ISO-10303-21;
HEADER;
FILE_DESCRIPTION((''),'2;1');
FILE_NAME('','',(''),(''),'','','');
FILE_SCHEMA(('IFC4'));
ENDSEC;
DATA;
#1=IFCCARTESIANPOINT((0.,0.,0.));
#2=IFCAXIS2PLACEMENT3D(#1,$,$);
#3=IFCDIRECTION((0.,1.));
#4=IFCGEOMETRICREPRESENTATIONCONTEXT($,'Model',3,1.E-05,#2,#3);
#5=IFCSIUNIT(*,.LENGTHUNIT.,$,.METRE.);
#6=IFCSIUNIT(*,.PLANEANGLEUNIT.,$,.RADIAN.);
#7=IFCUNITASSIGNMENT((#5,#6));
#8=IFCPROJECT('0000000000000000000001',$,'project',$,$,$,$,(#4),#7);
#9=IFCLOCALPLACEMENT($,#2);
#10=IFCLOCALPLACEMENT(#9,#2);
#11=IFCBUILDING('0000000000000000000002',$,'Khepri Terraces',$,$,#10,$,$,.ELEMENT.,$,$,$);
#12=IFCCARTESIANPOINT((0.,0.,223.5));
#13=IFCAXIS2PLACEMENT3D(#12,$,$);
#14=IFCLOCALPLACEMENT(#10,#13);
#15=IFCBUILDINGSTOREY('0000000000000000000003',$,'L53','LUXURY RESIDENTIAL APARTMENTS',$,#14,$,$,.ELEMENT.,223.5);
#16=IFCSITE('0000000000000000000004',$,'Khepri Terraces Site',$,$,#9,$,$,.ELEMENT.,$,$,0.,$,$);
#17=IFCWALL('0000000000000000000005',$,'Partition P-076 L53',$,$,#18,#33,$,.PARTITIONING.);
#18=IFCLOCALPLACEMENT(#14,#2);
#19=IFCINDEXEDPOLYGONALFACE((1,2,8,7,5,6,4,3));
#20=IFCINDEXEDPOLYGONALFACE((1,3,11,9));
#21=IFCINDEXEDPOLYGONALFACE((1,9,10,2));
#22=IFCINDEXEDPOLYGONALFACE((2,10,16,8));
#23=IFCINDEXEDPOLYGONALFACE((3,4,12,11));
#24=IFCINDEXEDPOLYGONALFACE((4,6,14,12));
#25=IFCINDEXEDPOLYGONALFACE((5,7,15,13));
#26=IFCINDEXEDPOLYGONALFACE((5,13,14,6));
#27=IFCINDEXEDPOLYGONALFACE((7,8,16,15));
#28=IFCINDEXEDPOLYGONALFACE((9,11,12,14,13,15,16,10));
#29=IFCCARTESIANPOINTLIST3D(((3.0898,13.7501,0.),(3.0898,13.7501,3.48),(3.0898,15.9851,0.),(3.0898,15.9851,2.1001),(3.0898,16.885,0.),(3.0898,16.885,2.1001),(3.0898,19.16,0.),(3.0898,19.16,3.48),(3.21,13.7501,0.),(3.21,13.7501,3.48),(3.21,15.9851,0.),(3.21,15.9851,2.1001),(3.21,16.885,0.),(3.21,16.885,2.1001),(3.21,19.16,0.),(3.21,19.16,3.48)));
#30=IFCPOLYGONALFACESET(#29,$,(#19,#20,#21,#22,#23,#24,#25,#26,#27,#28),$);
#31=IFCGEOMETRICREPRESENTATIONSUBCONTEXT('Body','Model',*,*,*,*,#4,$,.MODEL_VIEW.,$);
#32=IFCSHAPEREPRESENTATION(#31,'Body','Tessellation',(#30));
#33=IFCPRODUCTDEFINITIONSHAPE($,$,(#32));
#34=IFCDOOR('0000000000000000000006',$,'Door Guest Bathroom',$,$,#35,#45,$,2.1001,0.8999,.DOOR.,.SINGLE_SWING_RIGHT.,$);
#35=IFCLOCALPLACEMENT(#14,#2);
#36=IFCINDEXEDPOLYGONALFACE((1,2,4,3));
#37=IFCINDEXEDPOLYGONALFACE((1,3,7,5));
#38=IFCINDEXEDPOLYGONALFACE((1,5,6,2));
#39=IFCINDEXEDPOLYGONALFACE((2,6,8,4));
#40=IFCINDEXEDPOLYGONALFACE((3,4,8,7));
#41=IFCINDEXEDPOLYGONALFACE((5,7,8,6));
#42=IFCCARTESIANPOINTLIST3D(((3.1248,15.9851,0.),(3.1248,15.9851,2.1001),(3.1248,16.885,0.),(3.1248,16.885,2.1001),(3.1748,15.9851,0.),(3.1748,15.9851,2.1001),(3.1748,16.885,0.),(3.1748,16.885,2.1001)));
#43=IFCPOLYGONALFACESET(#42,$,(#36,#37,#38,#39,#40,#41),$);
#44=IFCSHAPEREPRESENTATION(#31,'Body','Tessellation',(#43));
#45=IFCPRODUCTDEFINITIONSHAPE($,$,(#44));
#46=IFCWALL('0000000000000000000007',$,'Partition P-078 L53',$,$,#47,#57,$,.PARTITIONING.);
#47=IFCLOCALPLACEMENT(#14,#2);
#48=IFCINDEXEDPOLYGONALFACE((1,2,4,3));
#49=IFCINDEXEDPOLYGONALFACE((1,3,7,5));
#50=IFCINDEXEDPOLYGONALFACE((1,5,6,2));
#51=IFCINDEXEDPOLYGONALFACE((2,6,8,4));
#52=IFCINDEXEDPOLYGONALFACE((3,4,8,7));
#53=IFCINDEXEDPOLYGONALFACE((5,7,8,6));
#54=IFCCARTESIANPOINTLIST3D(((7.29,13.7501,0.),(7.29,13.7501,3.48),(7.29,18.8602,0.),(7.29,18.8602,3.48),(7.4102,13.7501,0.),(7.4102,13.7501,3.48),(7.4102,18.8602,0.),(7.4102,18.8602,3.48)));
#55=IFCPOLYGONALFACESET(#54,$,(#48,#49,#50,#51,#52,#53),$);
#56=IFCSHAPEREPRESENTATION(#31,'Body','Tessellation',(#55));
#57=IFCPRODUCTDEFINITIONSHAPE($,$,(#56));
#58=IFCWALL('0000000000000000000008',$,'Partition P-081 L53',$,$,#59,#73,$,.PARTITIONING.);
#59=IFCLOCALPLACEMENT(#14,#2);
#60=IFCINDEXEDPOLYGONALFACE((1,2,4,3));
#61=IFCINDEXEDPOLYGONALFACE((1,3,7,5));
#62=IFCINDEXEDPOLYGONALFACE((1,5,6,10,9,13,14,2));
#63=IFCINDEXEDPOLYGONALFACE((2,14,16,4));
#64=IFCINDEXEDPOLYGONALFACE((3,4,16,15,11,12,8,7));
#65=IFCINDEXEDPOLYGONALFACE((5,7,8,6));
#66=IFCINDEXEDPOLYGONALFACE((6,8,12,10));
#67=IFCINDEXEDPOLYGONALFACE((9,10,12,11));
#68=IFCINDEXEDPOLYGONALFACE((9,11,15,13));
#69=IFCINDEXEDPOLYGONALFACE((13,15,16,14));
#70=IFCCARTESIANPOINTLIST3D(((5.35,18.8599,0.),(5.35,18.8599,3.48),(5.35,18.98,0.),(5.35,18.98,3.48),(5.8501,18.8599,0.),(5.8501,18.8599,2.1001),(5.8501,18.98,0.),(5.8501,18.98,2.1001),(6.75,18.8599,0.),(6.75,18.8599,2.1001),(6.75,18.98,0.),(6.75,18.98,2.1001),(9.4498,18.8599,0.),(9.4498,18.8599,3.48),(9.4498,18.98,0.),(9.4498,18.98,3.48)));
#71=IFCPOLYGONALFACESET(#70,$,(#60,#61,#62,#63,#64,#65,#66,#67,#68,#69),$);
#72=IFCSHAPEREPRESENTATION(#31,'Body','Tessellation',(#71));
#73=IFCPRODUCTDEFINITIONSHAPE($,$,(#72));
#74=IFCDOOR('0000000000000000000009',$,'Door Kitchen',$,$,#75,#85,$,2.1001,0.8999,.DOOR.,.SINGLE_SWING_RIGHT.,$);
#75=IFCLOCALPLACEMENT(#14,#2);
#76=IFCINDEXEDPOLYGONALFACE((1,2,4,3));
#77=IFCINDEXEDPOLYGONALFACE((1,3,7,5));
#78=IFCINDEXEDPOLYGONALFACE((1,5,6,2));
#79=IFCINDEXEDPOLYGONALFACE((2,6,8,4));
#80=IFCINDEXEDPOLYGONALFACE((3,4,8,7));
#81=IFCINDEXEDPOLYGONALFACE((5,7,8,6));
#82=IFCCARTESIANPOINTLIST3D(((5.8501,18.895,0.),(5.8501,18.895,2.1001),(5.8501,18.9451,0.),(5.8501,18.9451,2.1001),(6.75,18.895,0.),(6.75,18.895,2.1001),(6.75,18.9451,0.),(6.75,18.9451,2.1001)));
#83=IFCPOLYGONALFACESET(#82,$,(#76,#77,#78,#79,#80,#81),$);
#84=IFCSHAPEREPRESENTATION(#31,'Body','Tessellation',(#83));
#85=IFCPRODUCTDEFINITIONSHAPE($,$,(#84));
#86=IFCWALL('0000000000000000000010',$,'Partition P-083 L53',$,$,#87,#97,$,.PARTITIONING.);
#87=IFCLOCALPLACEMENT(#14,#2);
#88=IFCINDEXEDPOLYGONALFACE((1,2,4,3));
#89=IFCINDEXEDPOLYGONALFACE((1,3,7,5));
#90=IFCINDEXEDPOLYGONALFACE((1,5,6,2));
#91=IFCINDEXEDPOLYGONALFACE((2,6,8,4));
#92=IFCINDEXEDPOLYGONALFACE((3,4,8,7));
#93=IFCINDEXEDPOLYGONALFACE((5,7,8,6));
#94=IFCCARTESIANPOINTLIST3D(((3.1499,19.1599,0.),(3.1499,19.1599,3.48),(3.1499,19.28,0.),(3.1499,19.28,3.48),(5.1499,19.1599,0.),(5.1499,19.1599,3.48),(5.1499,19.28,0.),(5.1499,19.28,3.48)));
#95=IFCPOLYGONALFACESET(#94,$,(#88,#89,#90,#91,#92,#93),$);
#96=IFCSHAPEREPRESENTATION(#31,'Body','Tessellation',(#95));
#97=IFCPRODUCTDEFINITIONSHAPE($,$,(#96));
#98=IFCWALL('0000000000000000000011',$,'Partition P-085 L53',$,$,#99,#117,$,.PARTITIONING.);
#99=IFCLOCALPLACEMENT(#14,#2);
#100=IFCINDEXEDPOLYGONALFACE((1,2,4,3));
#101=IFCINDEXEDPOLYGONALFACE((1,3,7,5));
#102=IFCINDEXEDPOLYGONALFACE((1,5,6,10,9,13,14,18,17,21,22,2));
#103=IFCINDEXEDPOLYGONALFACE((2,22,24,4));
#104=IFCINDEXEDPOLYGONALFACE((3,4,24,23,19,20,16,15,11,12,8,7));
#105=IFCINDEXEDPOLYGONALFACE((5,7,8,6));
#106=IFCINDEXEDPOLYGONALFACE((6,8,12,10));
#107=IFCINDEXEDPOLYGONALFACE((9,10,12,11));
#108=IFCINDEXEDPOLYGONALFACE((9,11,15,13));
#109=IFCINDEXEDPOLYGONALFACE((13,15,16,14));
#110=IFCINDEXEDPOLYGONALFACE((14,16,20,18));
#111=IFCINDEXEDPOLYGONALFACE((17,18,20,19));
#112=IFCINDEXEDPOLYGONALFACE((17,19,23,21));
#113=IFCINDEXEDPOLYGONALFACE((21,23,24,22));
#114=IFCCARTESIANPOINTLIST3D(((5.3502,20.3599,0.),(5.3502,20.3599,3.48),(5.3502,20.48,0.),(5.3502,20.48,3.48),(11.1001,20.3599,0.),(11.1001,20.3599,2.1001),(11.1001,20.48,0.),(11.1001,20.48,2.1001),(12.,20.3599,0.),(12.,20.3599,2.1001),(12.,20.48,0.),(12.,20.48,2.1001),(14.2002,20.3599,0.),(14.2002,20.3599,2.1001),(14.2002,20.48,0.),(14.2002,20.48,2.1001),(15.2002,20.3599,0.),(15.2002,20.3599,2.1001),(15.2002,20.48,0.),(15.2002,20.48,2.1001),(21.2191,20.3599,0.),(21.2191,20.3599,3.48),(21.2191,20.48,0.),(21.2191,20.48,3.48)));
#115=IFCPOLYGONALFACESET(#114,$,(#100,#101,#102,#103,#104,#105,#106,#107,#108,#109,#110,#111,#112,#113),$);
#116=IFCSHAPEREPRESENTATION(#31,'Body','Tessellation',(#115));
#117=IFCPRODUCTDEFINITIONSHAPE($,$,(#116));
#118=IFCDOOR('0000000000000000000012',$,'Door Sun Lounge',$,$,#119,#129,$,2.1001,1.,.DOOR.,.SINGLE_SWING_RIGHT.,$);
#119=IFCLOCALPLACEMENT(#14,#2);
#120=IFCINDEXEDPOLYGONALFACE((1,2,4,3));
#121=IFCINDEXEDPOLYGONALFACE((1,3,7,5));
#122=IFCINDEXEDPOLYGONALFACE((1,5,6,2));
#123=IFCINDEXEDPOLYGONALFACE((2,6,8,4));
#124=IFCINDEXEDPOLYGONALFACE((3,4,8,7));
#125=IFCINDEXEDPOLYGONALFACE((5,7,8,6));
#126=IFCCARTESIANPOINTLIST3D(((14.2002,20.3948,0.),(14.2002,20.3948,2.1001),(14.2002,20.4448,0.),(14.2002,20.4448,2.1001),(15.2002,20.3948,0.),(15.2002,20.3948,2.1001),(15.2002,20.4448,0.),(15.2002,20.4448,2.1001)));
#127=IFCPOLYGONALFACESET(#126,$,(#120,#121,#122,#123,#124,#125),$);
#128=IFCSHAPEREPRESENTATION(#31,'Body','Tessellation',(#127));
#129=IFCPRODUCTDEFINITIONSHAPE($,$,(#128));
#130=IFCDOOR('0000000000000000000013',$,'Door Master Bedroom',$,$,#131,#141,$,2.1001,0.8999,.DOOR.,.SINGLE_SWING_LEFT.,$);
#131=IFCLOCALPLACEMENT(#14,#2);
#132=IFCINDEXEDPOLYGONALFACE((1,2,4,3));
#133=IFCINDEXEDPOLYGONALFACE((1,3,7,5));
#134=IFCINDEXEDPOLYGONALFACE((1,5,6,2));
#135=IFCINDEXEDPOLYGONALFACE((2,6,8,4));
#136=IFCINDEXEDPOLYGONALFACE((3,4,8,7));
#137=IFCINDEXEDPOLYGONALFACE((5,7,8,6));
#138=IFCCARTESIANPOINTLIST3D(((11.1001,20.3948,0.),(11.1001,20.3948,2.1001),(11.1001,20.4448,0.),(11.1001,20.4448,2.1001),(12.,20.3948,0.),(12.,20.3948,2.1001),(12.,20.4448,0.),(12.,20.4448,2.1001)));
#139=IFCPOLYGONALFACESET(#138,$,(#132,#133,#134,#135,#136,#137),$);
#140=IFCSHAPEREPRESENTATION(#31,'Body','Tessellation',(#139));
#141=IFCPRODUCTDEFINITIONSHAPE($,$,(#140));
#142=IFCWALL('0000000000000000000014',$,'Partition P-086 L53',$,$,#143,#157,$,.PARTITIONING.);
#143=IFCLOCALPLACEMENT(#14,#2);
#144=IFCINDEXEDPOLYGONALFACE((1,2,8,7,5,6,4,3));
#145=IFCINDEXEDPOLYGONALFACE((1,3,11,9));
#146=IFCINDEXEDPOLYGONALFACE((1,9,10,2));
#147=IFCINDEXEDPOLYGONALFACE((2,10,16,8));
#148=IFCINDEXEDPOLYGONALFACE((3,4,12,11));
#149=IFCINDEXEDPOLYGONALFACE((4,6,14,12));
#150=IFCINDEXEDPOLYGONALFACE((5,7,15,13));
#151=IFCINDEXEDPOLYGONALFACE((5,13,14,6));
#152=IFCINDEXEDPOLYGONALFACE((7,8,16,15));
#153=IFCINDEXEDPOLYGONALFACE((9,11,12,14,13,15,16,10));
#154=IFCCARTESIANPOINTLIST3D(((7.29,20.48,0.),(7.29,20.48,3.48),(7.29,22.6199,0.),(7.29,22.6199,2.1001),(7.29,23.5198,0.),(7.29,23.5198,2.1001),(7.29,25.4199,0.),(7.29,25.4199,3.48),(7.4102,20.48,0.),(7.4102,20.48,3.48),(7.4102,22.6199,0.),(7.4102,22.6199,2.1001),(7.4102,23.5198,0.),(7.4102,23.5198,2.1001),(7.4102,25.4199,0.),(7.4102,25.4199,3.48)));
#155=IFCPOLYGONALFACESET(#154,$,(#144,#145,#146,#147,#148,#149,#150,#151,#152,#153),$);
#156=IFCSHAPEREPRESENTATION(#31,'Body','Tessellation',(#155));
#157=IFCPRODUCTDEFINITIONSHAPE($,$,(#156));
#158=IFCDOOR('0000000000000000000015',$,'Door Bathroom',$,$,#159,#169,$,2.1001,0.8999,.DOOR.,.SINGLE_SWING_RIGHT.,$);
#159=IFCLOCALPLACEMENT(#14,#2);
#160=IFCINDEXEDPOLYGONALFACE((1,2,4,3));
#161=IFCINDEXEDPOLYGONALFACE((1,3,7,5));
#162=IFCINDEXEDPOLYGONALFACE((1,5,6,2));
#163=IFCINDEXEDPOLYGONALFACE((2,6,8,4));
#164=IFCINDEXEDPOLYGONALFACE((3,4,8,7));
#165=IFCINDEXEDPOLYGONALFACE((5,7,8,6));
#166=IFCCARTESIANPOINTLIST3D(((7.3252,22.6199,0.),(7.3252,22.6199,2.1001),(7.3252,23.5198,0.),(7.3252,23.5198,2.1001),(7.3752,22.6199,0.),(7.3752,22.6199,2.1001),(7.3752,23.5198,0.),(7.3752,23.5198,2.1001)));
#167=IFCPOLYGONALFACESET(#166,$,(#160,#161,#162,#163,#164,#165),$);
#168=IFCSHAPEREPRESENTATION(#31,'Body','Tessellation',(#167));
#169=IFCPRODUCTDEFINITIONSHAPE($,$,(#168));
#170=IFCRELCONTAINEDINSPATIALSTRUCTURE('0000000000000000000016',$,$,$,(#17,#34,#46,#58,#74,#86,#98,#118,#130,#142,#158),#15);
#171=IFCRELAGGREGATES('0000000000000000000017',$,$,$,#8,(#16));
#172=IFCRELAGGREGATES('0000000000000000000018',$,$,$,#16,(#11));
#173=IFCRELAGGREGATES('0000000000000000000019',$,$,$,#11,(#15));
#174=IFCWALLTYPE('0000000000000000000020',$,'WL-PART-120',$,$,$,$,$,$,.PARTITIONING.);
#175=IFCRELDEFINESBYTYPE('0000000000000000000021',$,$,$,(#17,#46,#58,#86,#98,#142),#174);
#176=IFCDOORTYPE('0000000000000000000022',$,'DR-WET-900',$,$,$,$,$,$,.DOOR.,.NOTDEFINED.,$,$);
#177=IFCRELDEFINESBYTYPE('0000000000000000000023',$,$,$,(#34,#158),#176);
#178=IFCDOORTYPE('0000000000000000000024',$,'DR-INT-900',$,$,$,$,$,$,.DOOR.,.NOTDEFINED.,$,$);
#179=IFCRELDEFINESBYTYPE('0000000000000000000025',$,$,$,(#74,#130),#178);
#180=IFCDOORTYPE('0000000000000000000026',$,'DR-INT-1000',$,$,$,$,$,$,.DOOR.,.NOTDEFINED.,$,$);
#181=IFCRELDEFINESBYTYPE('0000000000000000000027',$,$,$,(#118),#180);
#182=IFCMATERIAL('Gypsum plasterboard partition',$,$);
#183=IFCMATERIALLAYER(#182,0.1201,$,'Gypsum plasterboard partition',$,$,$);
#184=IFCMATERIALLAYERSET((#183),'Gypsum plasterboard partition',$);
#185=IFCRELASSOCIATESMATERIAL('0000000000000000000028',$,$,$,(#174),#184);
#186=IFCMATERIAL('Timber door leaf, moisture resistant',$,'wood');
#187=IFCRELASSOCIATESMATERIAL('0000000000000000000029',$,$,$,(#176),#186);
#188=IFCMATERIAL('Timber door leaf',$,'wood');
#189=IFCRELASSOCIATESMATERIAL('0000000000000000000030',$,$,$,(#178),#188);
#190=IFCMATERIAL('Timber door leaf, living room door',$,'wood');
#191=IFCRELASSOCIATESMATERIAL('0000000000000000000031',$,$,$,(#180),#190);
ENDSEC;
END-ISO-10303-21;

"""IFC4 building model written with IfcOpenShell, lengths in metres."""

from ifc_helpers import new_model, si_unit, direction, frame, frame_2d, origin, place, context, subcontext, project, spatial, rectangle, extrude, material, layer, layer_set, type_object, element, fill, save


model = new_model("IFC4")

# Units and contexts
model_context = context("Model", 3, precision=1e-05, world=origin(), true_north=direction((0.0, 1.0)))
body_context = subcontext(model_context, "Body", "Model", "MODEL_VIEW")
ifc_project = project(units=[si_unit("LENGTHUNIT", "METRE"), si_unit("PLANEANGLEUNIT", "RADIAN")], contexts=[model_context])

# Site, building, storey
site_placement = place(None, origin())
site = spatial("IfcSite", under=ifc_project, at=site_placement, Name="Khepri Terraces Site", CompositionType="ELEMENT", RefElevation=0.0)
building_placement = place(site_placement, origin())
building = spatial("IfcBuilding", under=site, at=building_placement, Name="Khepri Terraces", CompositionType="ELEMENT")
storey_placement = place(building_placement, frame((0.0, 0.0, 223.5)))
storey = spatial("IfcBuildingStorey", under=building, at=storey_placement, Name="L53", Description="LUXURY RESIDENTIAL APARTMENTS", CompositionType="ELEMENT", Elevation=223.5)

# Wall, opening, door
ifc_material_1 = material(Name="Gypsum plasterboard partition")
ifc_layer_1 = layer(ifc_material_1, 0.1201, Name="Gypsum plasterboard partition")
ifc_layer_set_1 = layer_set([ifc_layer_1], Name="Gypsum plasterboard partition")
wall_type_1 = type_object("IfcWallType", Name="WL-PART-120", PredefinedType="PARTITIONING", material=ifc_layer_set_1)
wall_1_placement = place(storey_placement, frame((3.1499, 13.75, 0.0), z_axis=(0.0, 0.0, 1.0), x_axis=(0.0, 1.0, 0.0)))
wall_1 = element("IfcWall", 1, at=wall_1_placement, inside=storey, type_object=wall_type_1, Name="Partition P-076 L53", PredefinedType="PARTITIONING", context=body_context, shape_type="SweptSolid", body=[
    extrude(rectangle(XDim=5.4099, YDim=0.1201, at=frame_2d((2.7051, 0.0))), origin(), (0.0, 0.0, 1.0), 3.48),
])
opening_1_placement = place(wall_1_placement, frame((2.2351, 0.0, 0.0)))
opening_1 = element("IfcOpeningElement", 2, at=opening_1_placement, cuts=wall_1, PredefinedType="OPENING", context=body_context, shape_type="SweptSolid", body=[
    extrude(rectangle(XDim=0.8999, YDim=2.1001, at=frame_2d((0.45, 1.05))), frame((0.0, 0.0701, 0.0), z_axis=(0.0, -1.0, 0.0), x_axis=(1.0, 0.0, 0.0)), (0.0, 0.0, 1.0), 0.1401),
])
ifc_material_2 = material(Name="Timber door leaf, moisture resistant", Category="wood")
door_type_1 = type_object("IfcDoorType", Name="DR-WET-900", OperationType="NOTDEFINED", PredefinedType="DOOR", material=ifc_material_2)
door_1_placement = place(opening_1_placement, frame((0.8999, 0.0, 0.0), z_axis=(0.0, 0.0, 1.0), x_axis=(-1.0, 0.0, 0.0)))
door_1 = element("IfcDoor", 3, at=door_1_placement, inside=storey, type_object=door_type_1, Name="Door Guest Bathroom", OperationType="SINGLE_SWING_RIGHT", OverallHeight=2.1001, OverallWidth=0.8999, PredefinedType="DOOR", context=body_context, shape_type="SweptSolid", body=[
    extrude(rectangle(XDim=0.8999, YDim=2.1001, at=frame_2d((0.45, 1.05))), frame((0.0, 0.0249, 0.0), z_axis=(0.0, -1.0, 0.0), x_axis=(1.0, 0.0, 0.0)), (0.0, 0.0, 1.0), 0.05),
])
fill(opening_1, door_1)

# Wall
wall_2_placement = place(storey_placement, frame((7.3501, 13.75, 0.0), z_axis=(0.0, 0.0, 1.0), x_axis=(0.0, 1.0, 0.0)))
element("IfcWall", 4, at=wall_2_placement, inside=storey, type_object=wall_type_1, Name="Partition P-078 L53", PredefinedType="PARTITIONING", context=body_context, shape_type="SweptSolid", body=[
    extrude(rectangle(XDim=5.1101, YDim=0.1201, at=frame_2d((2.5552, 0.0))), origin(), (0.0, 0.0, 1.0), 3.48),
])

# Wall, opening, door
wall_3_placement = place(storey_placement, frame((5.3501, 18.9199, 0.0), z_axis=(0.0, 0.0, 1.0), x_axis=(1.0, 0.0, 0.0)))
wall_3 = element("IfcWall", 5, at=wall_3_placement, inside=storey, type_object=wall_type_1, Name="Partition P-081 L53", PredefinedType="PARTITIONING", context=body_context, shape_type="SweptSolid", body=[
    extrude(rectangle(XDim=4.0999, YDim=0.1201, at=frame_2d((2.0498, 0.0))), origin(), (0.0, 0.0, 1.0), 3.48),
])
opening_2_placement = place(wall_3_placement, frame((0.5, 0.0, 0.0)))
opening_2 = element("IfcOpeningElement", 6, at=opening_2_placement, cuts=wall_3, PredefinedType="OPENING", context=body_context, shape_type="SweptSolid", body=[
    extrude(rectangle(XDim=0.8999, YDim=2.1001, at=frame_2d((0.45, 1.05))), frame((0.0, 0.0701, 0.0), z_axis=(0.0, -1.0, 0.0), x_axis=(1.0, 0.0, 0.0)), (0.0, 0.0, 1.0), 0.1401),
])
ifc_material_3 = material(Name="Timber door leaf", Category="wood")
door_type_2 = type_object("IfcDoorType", Name="DR-INT-900", OperationType="NOTDEFINED", PredefinedType="DOOR", material=ifc_material_3)
door_2_placement = place(opening_2_placement, frame((0.8999, 0.0, 0.0), z_axis=(0.0, 0.0, 1.0), x_axis=(-1.0, 0.0, 0.0)))
door_2 = element("IfcDoor", 7, at=door_2_placement, inside=storey, type_object=door_type_2, Name="Door Kitchen", OperationType="SINGLE_SWING_RIGHT", OverallHeight=2.1001, OverallWidth=0.8999, PredefinedType="DOOR", context=body_context, shape_type="SweptSolid", body=[
    extrude(rectangle(XDim=0.8999, YDim=2.1001, at=frame_2d((0.45, 1.05))), frame((0.0, 0.0249, 0.0), z_axis=(0.0, -1.0, 0.0), x_axis=(1.0, 0.0, 0.0)), (0.0, 0.0, 1.0), 0.05),
])
fill(opening_2, door_2)

# Wall
wall_4_placement = place(storey_placement, frame((3.1499, 19.22, 0.0), z_axis=(0.0, 0.0, 1.0), x_axis=(1.0, 0.0, 0.0)))
element("IfcWall", 8, at=wall_4_placement, inside=storey, type_object=wall_type_1, Name="Partition P-083 L53", PredefinedType="PARTITIONING", context=body_context, shape_type="SweptSolid", body=[
    extrude(rectangle(XDim=2.0, YDim=0.1201, at=frame_2d((1.0, 0.0))), origin(), (0.0, 0.0, 1.0), 3.48),
])

# Wall, openings, doors
wall_5_placement = place(storey_placement, frame((5.3501, 20.4199, 0.0), z_axis=(0.0, 0.0, 1.0), x_axis=(1.0, 0.0, 0.0)))
wall_5 = element("IfcWall", 9, at=wall_5_placement, inside=storey, type_object=wall_type_1, Name="Partition P-085 L53", PredefinedType="PARTITIONING", context=body_context, shape_type="SweptSolid", body=[
    extrude(rectangle(XDim=15.8689, YDim=0.1201, at=frame_2d((7.9346, 0.0))), origin(), (0.0, 0.0, 1.0), 3.48),
])
opening_3_placement = place(wall_5_placement, frame((8.8501, 0.0, 0.0)))
opening_3 = element("IfcOpeningElement", 10, at=opening_3_placement, cuts=wall_5, PredefinedType="OPENING", context=body_context, shape_type="SweptSolid", body=[
    extrude(rectangle(XDim=1.0, YDim=2.1001, at=frame_2d((0.5, 1.05))), frame((0.0, 0.0701, 0.0), z_axis=(0.0, -1.0, 0.0), x_axis=(1.0, 0.0, 0.0)), (0.0, 0.0, 1.0), 0.1401),
])
opening_4_placement = place(wall_5_placement, frame((5.75, 0.0, 0.0)))
opening_4 = element("IfcOpeningElement", 11, at=opening_4_placement, cuts=wall_5, PredefinedType="OPENING", context=body_context, shape_type="SweptSolid", body=[
    extrude(rectangle(XDim=0.8999, YDim=2.1001, at=frame_2d((0.45, 1.05))), frame((0.0, 0.0701, 0.0), z_axis=(0.0, -1.0, 0.0), x_axis=(1.0, 0.0, 0.0)), (0.0, 0.0, 1.0), 0.1401),
])
ifc_material_4 = material(Name="Timber door leaf, living room door", Category="wood")
door_type_3 = type_object("IfcDoorType", Name="DR-INT-1000", OperationType="NOTDEFINED", PredefinedType="DOOR", material=ifc_material_4)
door_3_placement = place(opening_3_placement, origin())
door_3 = element("IfcDoor", 12, at=door_3_placement, inside=storey, type_object=door_type_3, Name="Door Sun Lounge", OperationType="SINGLE_SWING_RIGHT", OverallHeight=2.1001, OverallWidth=1.0, PredefinedType="DOOR", context=body_context, shape_type="SweptSolid", body=[
    extrude(rectangle(XDim=1.0, YDim=2.1001, at=frame_2d((0.5, 1.05))), frame((0.0, 0.0249, 0.0), z_axis=(0.0, -1.0, 0.0), x_axis=(1.0, 0.0, 0.0)), (0.0, 0.0, 1.0), 0.05),
])
fill(opening_3, door_3)
door_4_placement = place(opening_4_placement, origin())
door_4 = element("IfcDoor", 13, at=door_4_placement, inside=storey, type_object=door_type_2, Name="Door Master Bedroom", OperationType="SINGLE_SWING_LEFT", OverallHeight=2.1001, OverallWidth=0.8999, PredefinedType="DOOR", context=body_context, shape_type="SweptSolid", body=[
    extrude(rectangle(XDim=0.8999, YDim=2.1001, at=frame_2d((0.45, 1.05))), frame((0.0, 0.0249, 0.0), z_axis=(0.0, -1.0, 0.0), x_axis=(1.0, 0.0, 0.0)), (0.0, 0.0, 1.0), 0.05),
])
fill(opening_4, door_4)

# Wall, opening, door
wall_6_placement = place(storey_placement, frame((7.3501, 20.48, 0.0), z_axis=(0.0, 0.0, 1.0), x_axis=(0.0, 1.0, 0.0)))
wall_6 = element("IfcWall", 14, at=wall_6_placement, inside=storey, type_object=wall_type_1, Name="Partition P-086 L53", PredefinedType="PARTITIONING", context=body_context, shape_type="SweptSolid", body=[
    extrude(rectangle(XDim=4.9399, YDim=0.1201, at=frame_2d((2.47, 0.0))), origin(), (0.0, 0.0, 1.0), 3.48),
])
opening_5_placement = place(wall_6_placement, frame((2.1399, 0.0, 0.0)))
opening_5 = element("IfcOpeningElement", 15, at=opening_5_placement, cuts=wall_6, PredefinedType="OPENING", context=body_context, shape_type="SweptSolid", body=[
    extrude(rectangle(XDim=0.8999, YDim=2.1001, at=frame_2d((0.45, 1.05))), frame((0.0, 0.0701, 0.0), z_axis=(0.0, -1.0, 0.0), x_axis=(1.0, 0.0, 0.0)), (0.0, 0.0, 1.0), 0.1401),
])
door_5_placement = place(opening_5_placement, origin())
door_5 = element("IfcDoor", 16, at=door_5_placement, inside=storey, type_object=door_type_1, Name="Door Bathroom", OperationType="SINGLE_SWING_RIGHT", OverallHeight=2.1001, OverallWidth=0.8999, PredefinedType="DOOR", context=body_context, shape_type="SweptSolid", body=[
    extrude(rectangle(XDim=0.8999, YDim=2.1001, at=frame_2d((0.45, 1.05))), frame((0.0, 0.0249, 0.0), z_axis=(0.0, -1.0, 0.0), x_axis=(1.0, 0.0, 0.0)), (0.0, 0.0, 1.0), 0.05),
])
fill(opening_5, door_5)

save(model, "model.ifc")
